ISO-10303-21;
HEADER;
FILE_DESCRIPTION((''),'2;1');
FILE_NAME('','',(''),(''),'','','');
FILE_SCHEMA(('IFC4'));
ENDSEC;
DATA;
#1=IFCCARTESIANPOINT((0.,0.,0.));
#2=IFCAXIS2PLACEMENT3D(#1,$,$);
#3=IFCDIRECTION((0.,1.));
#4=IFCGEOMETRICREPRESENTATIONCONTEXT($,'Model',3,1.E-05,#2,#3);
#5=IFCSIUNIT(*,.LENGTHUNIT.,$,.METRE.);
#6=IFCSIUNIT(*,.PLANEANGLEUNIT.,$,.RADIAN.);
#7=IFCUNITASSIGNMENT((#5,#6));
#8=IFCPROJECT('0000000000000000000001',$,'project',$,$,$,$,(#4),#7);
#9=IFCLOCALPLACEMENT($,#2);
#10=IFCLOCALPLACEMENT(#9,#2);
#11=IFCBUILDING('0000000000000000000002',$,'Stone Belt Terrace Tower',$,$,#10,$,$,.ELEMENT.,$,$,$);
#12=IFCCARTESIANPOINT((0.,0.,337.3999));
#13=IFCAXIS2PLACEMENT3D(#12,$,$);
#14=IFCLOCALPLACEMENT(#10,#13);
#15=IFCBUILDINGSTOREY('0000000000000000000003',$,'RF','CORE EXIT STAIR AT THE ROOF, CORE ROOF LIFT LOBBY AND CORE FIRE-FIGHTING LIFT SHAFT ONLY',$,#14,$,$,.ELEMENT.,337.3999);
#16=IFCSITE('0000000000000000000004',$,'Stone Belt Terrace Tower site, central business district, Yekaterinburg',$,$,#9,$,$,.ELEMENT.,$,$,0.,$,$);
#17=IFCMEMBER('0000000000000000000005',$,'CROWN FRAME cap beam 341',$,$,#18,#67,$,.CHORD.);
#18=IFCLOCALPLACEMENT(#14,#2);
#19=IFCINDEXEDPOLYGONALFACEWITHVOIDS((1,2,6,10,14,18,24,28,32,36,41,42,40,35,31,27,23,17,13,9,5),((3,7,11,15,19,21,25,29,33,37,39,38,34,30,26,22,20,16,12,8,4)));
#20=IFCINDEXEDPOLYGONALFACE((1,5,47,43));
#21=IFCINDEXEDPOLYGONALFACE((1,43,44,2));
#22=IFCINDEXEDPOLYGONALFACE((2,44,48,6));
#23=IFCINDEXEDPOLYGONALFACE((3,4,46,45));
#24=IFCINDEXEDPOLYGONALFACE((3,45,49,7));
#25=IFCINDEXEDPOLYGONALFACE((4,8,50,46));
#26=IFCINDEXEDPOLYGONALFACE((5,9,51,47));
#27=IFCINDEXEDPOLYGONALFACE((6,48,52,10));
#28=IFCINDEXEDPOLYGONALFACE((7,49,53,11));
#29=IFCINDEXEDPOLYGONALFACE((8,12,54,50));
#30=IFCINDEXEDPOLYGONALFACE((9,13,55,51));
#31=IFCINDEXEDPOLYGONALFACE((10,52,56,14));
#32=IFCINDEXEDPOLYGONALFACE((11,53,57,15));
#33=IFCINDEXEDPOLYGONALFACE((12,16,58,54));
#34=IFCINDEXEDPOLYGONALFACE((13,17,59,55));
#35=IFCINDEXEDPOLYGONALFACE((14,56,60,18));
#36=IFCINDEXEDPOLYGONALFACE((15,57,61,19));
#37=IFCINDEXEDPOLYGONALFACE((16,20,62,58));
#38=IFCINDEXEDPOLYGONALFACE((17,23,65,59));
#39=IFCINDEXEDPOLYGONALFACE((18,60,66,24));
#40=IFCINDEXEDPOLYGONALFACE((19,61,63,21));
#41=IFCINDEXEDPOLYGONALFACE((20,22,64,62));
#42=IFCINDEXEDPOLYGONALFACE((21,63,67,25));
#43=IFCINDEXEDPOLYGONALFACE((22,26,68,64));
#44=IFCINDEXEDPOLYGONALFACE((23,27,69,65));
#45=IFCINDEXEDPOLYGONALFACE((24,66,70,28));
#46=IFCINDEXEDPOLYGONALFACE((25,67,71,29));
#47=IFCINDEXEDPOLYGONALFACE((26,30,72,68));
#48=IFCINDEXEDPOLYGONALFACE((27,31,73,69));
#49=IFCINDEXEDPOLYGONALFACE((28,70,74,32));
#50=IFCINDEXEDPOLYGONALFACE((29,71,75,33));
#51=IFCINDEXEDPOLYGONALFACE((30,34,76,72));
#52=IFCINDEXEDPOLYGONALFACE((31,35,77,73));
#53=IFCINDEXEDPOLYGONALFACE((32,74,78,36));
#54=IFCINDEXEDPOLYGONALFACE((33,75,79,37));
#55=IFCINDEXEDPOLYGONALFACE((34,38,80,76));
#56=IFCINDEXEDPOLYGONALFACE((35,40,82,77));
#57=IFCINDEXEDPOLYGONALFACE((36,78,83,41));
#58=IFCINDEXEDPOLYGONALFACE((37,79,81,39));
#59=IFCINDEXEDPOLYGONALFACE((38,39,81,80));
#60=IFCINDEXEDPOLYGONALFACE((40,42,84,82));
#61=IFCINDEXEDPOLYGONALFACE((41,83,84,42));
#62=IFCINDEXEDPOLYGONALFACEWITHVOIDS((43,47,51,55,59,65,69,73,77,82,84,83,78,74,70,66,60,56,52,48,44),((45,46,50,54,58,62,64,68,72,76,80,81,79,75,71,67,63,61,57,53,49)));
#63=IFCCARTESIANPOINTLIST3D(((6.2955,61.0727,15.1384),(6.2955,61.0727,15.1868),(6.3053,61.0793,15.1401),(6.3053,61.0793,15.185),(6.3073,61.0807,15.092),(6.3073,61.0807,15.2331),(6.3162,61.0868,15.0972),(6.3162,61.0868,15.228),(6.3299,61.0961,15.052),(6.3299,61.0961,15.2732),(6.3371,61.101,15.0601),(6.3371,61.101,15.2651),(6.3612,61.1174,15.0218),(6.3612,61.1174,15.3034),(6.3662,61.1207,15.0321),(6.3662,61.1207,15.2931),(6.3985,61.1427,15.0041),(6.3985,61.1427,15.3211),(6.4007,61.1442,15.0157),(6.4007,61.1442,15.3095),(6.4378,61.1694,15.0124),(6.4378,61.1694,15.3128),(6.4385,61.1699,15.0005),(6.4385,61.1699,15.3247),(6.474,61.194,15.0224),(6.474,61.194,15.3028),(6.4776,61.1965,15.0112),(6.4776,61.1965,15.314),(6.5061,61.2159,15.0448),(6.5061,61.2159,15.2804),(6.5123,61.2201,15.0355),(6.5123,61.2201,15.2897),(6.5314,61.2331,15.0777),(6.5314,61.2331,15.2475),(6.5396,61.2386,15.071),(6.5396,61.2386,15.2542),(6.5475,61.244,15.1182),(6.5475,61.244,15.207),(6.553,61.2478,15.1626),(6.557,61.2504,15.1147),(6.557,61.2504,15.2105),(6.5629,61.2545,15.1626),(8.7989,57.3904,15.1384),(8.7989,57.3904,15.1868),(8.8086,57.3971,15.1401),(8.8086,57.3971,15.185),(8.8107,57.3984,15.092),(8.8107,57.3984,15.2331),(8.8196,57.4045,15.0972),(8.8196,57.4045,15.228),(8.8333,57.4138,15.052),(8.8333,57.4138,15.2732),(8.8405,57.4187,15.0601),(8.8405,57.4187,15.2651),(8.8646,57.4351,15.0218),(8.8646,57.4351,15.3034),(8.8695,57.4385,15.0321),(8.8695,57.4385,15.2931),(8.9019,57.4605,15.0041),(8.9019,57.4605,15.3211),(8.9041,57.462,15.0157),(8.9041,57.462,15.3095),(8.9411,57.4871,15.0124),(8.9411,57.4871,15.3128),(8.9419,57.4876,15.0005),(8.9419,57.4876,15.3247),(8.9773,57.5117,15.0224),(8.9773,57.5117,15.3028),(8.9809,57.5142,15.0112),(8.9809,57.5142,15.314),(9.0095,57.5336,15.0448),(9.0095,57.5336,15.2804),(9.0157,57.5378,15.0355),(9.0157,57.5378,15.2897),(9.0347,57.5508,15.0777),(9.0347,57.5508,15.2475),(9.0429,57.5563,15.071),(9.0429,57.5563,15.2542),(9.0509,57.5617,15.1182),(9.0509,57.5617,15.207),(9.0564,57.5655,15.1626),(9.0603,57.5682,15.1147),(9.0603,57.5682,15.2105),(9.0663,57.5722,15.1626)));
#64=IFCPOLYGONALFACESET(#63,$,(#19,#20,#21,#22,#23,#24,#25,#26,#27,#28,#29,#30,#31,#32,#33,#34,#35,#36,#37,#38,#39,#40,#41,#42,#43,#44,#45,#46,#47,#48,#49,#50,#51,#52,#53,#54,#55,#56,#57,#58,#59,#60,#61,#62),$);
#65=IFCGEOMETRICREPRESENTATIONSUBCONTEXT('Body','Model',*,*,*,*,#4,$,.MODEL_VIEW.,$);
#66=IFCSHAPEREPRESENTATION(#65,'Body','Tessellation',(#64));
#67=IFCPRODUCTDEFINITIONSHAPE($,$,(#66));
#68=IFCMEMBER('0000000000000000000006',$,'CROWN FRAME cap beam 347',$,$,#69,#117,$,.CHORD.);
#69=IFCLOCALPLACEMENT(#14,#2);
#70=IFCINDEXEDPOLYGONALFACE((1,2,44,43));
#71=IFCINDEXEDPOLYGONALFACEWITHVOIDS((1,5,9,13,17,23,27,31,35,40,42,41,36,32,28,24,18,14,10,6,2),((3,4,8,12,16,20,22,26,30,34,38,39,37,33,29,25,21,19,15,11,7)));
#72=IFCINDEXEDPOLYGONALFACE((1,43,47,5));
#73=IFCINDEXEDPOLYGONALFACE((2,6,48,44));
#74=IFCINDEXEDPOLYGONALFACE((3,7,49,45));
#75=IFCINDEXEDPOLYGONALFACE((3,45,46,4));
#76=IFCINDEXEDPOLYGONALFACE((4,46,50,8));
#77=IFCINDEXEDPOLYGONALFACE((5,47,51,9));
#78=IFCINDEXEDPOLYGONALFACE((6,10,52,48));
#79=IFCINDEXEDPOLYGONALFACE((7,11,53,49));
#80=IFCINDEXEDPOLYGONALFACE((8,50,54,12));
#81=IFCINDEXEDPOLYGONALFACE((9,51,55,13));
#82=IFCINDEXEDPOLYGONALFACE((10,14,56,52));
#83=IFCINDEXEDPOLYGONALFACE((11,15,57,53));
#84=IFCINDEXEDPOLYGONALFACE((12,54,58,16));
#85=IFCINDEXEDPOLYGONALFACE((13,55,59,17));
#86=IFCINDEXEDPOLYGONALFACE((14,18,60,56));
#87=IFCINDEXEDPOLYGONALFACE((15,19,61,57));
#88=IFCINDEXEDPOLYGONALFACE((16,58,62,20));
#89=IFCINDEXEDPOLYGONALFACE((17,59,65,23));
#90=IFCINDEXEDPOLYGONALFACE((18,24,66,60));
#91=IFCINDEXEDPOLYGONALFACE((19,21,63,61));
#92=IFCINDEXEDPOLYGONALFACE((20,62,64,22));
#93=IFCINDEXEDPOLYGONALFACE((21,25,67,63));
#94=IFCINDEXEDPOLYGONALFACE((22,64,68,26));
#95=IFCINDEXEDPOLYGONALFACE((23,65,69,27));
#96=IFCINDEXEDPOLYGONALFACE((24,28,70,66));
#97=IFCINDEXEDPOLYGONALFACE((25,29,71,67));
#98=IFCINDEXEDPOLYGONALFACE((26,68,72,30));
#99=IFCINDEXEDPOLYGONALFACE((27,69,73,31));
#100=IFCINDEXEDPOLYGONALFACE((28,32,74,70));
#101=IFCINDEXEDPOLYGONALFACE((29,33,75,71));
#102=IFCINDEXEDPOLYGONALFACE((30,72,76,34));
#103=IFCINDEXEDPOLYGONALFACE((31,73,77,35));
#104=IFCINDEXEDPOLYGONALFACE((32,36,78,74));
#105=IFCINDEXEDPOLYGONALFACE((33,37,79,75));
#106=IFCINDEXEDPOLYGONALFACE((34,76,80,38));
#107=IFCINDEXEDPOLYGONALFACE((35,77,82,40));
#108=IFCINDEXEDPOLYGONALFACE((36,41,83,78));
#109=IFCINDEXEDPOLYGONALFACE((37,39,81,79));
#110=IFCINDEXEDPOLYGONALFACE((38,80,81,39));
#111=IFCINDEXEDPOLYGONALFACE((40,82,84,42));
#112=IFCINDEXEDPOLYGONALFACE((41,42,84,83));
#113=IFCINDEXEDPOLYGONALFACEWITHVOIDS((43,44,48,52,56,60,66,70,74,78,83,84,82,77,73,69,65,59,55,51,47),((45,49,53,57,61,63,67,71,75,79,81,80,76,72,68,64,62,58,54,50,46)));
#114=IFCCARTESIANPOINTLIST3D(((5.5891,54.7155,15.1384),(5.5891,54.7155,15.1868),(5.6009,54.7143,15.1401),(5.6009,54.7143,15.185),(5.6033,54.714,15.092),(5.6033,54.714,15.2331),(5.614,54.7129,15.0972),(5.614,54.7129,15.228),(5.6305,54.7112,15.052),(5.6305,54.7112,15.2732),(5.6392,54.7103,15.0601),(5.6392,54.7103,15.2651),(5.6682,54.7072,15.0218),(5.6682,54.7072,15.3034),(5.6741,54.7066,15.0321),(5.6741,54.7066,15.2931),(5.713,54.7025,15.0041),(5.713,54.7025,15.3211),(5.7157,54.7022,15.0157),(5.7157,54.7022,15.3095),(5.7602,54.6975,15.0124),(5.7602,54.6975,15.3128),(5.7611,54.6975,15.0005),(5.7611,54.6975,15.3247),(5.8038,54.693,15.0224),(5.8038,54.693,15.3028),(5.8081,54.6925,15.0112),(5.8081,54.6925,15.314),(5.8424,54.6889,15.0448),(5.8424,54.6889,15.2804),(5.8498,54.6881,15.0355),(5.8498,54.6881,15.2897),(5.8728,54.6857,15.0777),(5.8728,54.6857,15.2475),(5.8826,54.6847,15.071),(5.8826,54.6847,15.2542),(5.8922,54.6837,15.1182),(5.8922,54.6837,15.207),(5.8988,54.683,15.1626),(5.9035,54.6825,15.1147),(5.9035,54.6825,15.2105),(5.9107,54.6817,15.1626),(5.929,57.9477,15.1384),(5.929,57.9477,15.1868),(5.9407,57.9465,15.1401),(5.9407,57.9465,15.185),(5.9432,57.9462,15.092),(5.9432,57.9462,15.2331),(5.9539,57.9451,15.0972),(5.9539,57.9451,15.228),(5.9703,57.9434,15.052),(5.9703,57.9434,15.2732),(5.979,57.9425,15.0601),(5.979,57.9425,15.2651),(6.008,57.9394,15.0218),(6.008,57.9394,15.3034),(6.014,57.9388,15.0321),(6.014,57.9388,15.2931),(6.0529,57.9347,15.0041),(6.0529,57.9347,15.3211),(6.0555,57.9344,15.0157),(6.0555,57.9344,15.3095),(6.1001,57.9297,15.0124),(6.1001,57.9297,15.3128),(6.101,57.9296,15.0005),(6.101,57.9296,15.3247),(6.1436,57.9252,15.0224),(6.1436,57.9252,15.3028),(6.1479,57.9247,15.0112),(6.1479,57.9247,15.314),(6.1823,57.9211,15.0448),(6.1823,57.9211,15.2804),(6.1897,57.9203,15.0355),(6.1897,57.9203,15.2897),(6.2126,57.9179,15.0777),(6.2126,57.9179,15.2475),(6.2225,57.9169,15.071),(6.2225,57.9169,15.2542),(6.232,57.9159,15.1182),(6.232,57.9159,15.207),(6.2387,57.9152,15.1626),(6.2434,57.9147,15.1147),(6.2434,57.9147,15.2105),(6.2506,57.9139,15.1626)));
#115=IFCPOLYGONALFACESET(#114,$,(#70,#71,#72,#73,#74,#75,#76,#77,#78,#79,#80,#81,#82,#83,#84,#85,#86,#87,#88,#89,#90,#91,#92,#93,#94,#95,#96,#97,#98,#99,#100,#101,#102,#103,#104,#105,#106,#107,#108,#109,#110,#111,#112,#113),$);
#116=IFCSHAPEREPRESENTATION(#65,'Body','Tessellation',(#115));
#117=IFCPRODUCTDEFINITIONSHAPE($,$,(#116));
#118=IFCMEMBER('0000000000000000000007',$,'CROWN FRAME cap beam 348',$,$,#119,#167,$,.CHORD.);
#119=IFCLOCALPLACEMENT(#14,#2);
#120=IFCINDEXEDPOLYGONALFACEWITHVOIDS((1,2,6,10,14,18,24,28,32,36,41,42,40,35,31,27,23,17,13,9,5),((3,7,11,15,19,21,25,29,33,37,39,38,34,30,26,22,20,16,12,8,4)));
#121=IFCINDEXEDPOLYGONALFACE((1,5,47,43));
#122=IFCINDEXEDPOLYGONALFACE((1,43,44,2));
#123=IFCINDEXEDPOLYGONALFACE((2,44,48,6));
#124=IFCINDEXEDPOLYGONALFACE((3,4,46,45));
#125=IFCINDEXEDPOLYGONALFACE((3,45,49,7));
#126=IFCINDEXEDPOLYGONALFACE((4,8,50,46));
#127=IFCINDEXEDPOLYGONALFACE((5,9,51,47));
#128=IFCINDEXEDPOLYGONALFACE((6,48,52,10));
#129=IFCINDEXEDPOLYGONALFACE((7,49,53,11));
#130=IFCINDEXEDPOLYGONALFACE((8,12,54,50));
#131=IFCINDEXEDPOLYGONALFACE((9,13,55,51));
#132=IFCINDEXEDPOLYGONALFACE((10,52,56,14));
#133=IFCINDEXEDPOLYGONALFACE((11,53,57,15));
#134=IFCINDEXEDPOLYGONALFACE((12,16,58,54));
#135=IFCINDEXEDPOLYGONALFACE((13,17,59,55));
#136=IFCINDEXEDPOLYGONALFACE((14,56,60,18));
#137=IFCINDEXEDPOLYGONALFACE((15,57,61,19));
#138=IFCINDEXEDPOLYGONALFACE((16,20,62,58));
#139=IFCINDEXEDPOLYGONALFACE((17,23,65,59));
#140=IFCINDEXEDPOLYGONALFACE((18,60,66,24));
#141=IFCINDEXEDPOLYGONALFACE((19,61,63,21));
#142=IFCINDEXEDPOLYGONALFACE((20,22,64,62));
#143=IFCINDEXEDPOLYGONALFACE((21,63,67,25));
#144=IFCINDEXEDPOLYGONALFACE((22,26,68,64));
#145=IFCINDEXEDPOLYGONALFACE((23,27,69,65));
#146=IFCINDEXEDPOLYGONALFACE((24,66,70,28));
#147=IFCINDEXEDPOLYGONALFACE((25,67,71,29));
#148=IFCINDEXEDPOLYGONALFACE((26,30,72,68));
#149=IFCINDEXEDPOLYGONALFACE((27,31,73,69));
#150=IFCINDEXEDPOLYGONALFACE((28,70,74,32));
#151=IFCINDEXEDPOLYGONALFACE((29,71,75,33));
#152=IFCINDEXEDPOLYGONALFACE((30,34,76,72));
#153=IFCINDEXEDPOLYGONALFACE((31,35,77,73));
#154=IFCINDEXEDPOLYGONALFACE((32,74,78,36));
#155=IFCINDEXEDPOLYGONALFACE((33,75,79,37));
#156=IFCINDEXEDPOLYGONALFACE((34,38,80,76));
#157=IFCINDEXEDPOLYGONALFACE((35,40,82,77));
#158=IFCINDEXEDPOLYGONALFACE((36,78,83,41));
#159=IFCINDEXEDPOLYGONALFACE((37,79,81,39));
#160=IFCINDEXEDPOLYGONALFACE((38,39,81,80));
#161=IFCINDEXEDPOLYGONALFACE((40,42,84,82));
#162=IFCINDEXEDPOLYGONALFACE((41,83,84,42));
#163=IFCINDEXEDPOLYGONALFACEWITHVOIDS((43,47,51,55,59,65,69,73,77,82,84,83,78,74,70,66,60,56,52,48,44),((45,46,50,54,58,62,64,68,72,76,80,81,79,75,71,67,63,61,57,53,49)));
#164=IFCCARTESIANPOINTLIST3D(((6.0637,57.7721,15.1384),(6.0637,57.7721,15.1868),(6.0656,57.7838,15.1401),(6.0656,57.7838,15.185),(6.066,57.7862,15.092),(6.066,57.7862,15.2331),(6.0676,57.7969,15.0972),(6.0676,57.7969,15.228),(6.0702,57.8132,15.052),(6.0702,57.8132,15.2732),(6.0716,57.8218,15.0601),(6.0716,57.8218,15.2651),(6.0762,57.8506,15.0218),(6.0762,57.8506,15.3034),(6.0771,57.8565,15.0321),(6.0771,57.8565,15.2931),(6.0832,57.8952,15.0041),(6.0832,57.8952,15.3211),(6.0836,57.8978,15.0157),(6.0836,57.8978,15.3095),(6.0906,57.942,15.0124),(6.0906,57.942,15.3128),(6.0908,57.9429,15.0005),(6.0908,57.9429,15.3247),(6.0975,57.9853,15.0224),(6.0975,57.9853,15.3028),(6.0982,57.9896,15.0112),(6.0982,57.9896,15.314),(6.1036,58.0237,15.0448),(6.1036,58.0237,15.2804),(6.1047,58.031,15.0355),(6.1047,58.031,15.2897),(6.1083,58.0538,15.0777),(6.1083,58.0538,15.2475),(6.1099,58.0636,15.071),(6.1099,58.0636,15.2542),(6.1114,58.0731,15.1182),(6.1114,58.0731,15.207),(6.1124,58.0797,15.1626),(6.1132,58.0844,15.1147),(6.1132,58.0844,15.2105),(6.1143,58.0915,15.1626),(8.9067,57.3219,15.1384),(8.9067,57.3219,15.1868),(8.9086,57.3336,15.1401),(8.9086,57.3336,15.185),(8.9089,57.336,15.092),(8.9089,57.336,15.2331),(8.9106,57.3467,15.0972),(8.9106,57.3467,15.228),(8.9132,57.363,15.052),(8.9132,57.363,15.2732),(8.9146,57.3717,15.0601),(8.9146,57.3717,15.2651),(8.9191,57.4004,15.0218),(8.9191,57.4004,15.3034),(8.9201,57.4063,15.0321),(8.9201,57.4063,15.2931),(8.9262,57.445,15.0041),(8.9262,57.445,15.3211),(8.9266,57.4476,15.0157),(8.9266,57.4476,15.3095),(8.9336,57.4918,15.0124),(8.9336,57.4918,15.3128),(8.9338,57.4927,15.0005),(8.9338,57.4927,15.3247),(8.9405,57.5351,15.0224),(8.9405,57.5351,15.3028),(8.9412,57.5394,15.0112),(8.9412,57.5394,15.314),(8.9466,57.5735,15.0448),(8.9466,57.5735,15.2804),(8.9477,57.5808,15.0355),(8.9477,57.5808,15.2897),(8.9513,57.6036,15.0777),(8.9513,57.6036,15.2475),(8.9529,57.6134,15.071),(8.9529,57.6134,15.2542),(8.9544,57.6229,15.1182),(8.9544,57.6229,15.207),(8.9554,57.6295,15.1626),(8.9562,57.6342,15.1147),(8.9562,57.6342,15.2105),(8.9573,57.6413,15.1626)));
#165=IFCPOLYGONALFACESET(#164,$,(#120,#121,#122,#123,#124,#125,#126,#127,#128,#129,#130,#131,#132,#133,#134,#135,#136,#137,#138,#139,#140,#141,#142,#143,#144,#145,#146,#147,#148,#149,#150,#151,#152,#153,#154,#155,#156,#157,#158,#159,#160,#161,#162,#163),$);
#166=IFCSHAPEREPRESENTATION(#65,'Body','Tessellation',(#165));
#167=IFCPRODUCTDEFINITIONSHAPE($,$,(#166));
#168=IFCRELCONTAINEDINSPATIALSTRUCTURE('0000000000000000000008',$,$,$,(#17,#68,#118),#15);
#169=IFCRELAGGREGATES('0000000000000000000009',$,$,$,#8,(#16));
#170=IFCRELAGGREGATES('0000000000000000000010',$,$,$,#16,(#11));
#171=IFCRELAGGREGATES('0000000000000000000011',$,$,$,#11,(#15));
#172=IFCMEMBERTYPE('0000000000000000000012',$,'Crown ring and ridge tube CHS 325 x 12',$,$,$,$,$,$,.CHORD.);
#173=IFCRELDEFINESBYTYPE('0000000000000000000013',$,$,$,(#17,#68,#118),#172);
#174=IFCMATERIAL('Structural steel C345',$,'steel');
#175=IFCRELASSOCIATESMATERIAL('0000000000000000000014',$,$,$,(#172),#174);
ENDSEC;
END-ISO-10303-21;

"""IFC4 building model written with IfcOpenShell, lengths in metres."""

from ifc_helpers import new_model, si_unit, direction, frame, origin, origin_2d, place, context, subcontext, project, spatial, hollow_circle, extrude, material, material_profile, profile_set, type_object, element, save


model = new_model("IFC4")

# Units and contexts
model_context = context("Model", 3, precision=1e-05, world=origin(), true_north=direction((0.0, 1.0)))
body_context = subcontext(model_context, "Body", "Model", "MODEL_VIEW")
ifc_project = project(units=[si_unit("LENGTHUNIT", "METRE"), si_unit("PLANEANGLEUNIT", "RADIAN")], contexts=[model_context])

# Site, building, storey
site_placement = place(None, origin())
site = spatial("IfcSite", under=ifc_project, at=site_placement, Name="Stone Belt Terrace Tower site, central business district, Yekaterinburg", CompositionType="ELEMENT", RefElevation=0.0)
building_placement = place(site_placement, origin())
building = spatial("IfcBuilding", under=site, at=building_placement, Name="Stone Belt Terrace Tower", CompositionType="ELEMENT")
storey_placement = place(building_placement, frame((0.0, 0.0, 337.3999)))
storey = spatial("IfcBuildingStorey", under=building, at=storey_placement, Name="RF", Description="CORE EXIT STAIR AT THE ROOF, CORE ROOF LIFT LOBBY AND CORE FIRE-FIGHTING LIFT SHAFT ONLY", CompositionType="ELEMENT", Elevation=337.3999)

# Members
ifc_material_1 = material(Name="Structural steel C345", Category="steel")
ifc_material_profile = material_profile(ifc_material_1, hollow_circle(Radius=0.1626, WallThickness=0.012, at=origin_2d()), Name="Structural steel C345 CHS 325x12")
ifc_profile_set = profile_set([ifc_material_profile], Name="Structural steel C345")
member_type = type_object("IfcMemberType", Name="Crown ring and ridge tube CHS 325 x 12", PredefinedType="CHORD", material=ifc_profile_set)
member_1_placement = place(storey_placement, frame((6.4285, 61.1631, 15.1626), z_axis=(0.562219, -0.826989, 0.0), x_axis=(0.826989, 0.562219, 0.0)))
element("IfcMember", 1, at=member_1_placement, inside=storey, type_object=member_type, Name="CROWN FRAME cap beam 341", PredefinedType="CHORD", context=body_context, shape_type="SweptSolid", body=[
    extrude(hollow_circle(Radius=0.1626, WallThickness=0.012, at=origin_2d()), origin(), (0.0, 0.0, 1.0), 4.4526),
])
member_2_placement = place(storey_placement, frame((6.0889, 57.9309, 15.1626), z_axis=(-0.104567, -0.994518, 0.0), x_axis=(0.994518, -0.104567, 0.0)))
element("IfcMember", 2, at=member_2_placement, inside=storey, type_object=member_type, Name="CROWN FRAME cap beam 347", PredefinedType="CHORD", context=body_context, shape_type="SweptSolid", body=[
    extrude(hollow_circle(Radius=0.1626, WallThickness=0.012, at=origin_2d()), origin(), (0.0, 0.0, 1.0), 3.25),
])
member_3_placement = place(storey_placement, frame((6.0889, 57.9309, 15.1626), z_axis=(0.987693, -0.156402, 0.0), x_axis=(0.156402, 0.987693, 0.0)))
element("IfcMember", 3, at=member_3_placement, inside=storey, type_object=member_type, Name="CROWN FRAME cap beam 348", PredefinedType="CHORD", context=body_context, shape_type="SweptSolid", body=[
    extrude(hollow_circle(Radius=0.1626, WallThickness=0.012, at=origin_2d()), origin(), (0.0, 0.0, 1.0), 2.8784),
])

save(model, "model.ifc")
